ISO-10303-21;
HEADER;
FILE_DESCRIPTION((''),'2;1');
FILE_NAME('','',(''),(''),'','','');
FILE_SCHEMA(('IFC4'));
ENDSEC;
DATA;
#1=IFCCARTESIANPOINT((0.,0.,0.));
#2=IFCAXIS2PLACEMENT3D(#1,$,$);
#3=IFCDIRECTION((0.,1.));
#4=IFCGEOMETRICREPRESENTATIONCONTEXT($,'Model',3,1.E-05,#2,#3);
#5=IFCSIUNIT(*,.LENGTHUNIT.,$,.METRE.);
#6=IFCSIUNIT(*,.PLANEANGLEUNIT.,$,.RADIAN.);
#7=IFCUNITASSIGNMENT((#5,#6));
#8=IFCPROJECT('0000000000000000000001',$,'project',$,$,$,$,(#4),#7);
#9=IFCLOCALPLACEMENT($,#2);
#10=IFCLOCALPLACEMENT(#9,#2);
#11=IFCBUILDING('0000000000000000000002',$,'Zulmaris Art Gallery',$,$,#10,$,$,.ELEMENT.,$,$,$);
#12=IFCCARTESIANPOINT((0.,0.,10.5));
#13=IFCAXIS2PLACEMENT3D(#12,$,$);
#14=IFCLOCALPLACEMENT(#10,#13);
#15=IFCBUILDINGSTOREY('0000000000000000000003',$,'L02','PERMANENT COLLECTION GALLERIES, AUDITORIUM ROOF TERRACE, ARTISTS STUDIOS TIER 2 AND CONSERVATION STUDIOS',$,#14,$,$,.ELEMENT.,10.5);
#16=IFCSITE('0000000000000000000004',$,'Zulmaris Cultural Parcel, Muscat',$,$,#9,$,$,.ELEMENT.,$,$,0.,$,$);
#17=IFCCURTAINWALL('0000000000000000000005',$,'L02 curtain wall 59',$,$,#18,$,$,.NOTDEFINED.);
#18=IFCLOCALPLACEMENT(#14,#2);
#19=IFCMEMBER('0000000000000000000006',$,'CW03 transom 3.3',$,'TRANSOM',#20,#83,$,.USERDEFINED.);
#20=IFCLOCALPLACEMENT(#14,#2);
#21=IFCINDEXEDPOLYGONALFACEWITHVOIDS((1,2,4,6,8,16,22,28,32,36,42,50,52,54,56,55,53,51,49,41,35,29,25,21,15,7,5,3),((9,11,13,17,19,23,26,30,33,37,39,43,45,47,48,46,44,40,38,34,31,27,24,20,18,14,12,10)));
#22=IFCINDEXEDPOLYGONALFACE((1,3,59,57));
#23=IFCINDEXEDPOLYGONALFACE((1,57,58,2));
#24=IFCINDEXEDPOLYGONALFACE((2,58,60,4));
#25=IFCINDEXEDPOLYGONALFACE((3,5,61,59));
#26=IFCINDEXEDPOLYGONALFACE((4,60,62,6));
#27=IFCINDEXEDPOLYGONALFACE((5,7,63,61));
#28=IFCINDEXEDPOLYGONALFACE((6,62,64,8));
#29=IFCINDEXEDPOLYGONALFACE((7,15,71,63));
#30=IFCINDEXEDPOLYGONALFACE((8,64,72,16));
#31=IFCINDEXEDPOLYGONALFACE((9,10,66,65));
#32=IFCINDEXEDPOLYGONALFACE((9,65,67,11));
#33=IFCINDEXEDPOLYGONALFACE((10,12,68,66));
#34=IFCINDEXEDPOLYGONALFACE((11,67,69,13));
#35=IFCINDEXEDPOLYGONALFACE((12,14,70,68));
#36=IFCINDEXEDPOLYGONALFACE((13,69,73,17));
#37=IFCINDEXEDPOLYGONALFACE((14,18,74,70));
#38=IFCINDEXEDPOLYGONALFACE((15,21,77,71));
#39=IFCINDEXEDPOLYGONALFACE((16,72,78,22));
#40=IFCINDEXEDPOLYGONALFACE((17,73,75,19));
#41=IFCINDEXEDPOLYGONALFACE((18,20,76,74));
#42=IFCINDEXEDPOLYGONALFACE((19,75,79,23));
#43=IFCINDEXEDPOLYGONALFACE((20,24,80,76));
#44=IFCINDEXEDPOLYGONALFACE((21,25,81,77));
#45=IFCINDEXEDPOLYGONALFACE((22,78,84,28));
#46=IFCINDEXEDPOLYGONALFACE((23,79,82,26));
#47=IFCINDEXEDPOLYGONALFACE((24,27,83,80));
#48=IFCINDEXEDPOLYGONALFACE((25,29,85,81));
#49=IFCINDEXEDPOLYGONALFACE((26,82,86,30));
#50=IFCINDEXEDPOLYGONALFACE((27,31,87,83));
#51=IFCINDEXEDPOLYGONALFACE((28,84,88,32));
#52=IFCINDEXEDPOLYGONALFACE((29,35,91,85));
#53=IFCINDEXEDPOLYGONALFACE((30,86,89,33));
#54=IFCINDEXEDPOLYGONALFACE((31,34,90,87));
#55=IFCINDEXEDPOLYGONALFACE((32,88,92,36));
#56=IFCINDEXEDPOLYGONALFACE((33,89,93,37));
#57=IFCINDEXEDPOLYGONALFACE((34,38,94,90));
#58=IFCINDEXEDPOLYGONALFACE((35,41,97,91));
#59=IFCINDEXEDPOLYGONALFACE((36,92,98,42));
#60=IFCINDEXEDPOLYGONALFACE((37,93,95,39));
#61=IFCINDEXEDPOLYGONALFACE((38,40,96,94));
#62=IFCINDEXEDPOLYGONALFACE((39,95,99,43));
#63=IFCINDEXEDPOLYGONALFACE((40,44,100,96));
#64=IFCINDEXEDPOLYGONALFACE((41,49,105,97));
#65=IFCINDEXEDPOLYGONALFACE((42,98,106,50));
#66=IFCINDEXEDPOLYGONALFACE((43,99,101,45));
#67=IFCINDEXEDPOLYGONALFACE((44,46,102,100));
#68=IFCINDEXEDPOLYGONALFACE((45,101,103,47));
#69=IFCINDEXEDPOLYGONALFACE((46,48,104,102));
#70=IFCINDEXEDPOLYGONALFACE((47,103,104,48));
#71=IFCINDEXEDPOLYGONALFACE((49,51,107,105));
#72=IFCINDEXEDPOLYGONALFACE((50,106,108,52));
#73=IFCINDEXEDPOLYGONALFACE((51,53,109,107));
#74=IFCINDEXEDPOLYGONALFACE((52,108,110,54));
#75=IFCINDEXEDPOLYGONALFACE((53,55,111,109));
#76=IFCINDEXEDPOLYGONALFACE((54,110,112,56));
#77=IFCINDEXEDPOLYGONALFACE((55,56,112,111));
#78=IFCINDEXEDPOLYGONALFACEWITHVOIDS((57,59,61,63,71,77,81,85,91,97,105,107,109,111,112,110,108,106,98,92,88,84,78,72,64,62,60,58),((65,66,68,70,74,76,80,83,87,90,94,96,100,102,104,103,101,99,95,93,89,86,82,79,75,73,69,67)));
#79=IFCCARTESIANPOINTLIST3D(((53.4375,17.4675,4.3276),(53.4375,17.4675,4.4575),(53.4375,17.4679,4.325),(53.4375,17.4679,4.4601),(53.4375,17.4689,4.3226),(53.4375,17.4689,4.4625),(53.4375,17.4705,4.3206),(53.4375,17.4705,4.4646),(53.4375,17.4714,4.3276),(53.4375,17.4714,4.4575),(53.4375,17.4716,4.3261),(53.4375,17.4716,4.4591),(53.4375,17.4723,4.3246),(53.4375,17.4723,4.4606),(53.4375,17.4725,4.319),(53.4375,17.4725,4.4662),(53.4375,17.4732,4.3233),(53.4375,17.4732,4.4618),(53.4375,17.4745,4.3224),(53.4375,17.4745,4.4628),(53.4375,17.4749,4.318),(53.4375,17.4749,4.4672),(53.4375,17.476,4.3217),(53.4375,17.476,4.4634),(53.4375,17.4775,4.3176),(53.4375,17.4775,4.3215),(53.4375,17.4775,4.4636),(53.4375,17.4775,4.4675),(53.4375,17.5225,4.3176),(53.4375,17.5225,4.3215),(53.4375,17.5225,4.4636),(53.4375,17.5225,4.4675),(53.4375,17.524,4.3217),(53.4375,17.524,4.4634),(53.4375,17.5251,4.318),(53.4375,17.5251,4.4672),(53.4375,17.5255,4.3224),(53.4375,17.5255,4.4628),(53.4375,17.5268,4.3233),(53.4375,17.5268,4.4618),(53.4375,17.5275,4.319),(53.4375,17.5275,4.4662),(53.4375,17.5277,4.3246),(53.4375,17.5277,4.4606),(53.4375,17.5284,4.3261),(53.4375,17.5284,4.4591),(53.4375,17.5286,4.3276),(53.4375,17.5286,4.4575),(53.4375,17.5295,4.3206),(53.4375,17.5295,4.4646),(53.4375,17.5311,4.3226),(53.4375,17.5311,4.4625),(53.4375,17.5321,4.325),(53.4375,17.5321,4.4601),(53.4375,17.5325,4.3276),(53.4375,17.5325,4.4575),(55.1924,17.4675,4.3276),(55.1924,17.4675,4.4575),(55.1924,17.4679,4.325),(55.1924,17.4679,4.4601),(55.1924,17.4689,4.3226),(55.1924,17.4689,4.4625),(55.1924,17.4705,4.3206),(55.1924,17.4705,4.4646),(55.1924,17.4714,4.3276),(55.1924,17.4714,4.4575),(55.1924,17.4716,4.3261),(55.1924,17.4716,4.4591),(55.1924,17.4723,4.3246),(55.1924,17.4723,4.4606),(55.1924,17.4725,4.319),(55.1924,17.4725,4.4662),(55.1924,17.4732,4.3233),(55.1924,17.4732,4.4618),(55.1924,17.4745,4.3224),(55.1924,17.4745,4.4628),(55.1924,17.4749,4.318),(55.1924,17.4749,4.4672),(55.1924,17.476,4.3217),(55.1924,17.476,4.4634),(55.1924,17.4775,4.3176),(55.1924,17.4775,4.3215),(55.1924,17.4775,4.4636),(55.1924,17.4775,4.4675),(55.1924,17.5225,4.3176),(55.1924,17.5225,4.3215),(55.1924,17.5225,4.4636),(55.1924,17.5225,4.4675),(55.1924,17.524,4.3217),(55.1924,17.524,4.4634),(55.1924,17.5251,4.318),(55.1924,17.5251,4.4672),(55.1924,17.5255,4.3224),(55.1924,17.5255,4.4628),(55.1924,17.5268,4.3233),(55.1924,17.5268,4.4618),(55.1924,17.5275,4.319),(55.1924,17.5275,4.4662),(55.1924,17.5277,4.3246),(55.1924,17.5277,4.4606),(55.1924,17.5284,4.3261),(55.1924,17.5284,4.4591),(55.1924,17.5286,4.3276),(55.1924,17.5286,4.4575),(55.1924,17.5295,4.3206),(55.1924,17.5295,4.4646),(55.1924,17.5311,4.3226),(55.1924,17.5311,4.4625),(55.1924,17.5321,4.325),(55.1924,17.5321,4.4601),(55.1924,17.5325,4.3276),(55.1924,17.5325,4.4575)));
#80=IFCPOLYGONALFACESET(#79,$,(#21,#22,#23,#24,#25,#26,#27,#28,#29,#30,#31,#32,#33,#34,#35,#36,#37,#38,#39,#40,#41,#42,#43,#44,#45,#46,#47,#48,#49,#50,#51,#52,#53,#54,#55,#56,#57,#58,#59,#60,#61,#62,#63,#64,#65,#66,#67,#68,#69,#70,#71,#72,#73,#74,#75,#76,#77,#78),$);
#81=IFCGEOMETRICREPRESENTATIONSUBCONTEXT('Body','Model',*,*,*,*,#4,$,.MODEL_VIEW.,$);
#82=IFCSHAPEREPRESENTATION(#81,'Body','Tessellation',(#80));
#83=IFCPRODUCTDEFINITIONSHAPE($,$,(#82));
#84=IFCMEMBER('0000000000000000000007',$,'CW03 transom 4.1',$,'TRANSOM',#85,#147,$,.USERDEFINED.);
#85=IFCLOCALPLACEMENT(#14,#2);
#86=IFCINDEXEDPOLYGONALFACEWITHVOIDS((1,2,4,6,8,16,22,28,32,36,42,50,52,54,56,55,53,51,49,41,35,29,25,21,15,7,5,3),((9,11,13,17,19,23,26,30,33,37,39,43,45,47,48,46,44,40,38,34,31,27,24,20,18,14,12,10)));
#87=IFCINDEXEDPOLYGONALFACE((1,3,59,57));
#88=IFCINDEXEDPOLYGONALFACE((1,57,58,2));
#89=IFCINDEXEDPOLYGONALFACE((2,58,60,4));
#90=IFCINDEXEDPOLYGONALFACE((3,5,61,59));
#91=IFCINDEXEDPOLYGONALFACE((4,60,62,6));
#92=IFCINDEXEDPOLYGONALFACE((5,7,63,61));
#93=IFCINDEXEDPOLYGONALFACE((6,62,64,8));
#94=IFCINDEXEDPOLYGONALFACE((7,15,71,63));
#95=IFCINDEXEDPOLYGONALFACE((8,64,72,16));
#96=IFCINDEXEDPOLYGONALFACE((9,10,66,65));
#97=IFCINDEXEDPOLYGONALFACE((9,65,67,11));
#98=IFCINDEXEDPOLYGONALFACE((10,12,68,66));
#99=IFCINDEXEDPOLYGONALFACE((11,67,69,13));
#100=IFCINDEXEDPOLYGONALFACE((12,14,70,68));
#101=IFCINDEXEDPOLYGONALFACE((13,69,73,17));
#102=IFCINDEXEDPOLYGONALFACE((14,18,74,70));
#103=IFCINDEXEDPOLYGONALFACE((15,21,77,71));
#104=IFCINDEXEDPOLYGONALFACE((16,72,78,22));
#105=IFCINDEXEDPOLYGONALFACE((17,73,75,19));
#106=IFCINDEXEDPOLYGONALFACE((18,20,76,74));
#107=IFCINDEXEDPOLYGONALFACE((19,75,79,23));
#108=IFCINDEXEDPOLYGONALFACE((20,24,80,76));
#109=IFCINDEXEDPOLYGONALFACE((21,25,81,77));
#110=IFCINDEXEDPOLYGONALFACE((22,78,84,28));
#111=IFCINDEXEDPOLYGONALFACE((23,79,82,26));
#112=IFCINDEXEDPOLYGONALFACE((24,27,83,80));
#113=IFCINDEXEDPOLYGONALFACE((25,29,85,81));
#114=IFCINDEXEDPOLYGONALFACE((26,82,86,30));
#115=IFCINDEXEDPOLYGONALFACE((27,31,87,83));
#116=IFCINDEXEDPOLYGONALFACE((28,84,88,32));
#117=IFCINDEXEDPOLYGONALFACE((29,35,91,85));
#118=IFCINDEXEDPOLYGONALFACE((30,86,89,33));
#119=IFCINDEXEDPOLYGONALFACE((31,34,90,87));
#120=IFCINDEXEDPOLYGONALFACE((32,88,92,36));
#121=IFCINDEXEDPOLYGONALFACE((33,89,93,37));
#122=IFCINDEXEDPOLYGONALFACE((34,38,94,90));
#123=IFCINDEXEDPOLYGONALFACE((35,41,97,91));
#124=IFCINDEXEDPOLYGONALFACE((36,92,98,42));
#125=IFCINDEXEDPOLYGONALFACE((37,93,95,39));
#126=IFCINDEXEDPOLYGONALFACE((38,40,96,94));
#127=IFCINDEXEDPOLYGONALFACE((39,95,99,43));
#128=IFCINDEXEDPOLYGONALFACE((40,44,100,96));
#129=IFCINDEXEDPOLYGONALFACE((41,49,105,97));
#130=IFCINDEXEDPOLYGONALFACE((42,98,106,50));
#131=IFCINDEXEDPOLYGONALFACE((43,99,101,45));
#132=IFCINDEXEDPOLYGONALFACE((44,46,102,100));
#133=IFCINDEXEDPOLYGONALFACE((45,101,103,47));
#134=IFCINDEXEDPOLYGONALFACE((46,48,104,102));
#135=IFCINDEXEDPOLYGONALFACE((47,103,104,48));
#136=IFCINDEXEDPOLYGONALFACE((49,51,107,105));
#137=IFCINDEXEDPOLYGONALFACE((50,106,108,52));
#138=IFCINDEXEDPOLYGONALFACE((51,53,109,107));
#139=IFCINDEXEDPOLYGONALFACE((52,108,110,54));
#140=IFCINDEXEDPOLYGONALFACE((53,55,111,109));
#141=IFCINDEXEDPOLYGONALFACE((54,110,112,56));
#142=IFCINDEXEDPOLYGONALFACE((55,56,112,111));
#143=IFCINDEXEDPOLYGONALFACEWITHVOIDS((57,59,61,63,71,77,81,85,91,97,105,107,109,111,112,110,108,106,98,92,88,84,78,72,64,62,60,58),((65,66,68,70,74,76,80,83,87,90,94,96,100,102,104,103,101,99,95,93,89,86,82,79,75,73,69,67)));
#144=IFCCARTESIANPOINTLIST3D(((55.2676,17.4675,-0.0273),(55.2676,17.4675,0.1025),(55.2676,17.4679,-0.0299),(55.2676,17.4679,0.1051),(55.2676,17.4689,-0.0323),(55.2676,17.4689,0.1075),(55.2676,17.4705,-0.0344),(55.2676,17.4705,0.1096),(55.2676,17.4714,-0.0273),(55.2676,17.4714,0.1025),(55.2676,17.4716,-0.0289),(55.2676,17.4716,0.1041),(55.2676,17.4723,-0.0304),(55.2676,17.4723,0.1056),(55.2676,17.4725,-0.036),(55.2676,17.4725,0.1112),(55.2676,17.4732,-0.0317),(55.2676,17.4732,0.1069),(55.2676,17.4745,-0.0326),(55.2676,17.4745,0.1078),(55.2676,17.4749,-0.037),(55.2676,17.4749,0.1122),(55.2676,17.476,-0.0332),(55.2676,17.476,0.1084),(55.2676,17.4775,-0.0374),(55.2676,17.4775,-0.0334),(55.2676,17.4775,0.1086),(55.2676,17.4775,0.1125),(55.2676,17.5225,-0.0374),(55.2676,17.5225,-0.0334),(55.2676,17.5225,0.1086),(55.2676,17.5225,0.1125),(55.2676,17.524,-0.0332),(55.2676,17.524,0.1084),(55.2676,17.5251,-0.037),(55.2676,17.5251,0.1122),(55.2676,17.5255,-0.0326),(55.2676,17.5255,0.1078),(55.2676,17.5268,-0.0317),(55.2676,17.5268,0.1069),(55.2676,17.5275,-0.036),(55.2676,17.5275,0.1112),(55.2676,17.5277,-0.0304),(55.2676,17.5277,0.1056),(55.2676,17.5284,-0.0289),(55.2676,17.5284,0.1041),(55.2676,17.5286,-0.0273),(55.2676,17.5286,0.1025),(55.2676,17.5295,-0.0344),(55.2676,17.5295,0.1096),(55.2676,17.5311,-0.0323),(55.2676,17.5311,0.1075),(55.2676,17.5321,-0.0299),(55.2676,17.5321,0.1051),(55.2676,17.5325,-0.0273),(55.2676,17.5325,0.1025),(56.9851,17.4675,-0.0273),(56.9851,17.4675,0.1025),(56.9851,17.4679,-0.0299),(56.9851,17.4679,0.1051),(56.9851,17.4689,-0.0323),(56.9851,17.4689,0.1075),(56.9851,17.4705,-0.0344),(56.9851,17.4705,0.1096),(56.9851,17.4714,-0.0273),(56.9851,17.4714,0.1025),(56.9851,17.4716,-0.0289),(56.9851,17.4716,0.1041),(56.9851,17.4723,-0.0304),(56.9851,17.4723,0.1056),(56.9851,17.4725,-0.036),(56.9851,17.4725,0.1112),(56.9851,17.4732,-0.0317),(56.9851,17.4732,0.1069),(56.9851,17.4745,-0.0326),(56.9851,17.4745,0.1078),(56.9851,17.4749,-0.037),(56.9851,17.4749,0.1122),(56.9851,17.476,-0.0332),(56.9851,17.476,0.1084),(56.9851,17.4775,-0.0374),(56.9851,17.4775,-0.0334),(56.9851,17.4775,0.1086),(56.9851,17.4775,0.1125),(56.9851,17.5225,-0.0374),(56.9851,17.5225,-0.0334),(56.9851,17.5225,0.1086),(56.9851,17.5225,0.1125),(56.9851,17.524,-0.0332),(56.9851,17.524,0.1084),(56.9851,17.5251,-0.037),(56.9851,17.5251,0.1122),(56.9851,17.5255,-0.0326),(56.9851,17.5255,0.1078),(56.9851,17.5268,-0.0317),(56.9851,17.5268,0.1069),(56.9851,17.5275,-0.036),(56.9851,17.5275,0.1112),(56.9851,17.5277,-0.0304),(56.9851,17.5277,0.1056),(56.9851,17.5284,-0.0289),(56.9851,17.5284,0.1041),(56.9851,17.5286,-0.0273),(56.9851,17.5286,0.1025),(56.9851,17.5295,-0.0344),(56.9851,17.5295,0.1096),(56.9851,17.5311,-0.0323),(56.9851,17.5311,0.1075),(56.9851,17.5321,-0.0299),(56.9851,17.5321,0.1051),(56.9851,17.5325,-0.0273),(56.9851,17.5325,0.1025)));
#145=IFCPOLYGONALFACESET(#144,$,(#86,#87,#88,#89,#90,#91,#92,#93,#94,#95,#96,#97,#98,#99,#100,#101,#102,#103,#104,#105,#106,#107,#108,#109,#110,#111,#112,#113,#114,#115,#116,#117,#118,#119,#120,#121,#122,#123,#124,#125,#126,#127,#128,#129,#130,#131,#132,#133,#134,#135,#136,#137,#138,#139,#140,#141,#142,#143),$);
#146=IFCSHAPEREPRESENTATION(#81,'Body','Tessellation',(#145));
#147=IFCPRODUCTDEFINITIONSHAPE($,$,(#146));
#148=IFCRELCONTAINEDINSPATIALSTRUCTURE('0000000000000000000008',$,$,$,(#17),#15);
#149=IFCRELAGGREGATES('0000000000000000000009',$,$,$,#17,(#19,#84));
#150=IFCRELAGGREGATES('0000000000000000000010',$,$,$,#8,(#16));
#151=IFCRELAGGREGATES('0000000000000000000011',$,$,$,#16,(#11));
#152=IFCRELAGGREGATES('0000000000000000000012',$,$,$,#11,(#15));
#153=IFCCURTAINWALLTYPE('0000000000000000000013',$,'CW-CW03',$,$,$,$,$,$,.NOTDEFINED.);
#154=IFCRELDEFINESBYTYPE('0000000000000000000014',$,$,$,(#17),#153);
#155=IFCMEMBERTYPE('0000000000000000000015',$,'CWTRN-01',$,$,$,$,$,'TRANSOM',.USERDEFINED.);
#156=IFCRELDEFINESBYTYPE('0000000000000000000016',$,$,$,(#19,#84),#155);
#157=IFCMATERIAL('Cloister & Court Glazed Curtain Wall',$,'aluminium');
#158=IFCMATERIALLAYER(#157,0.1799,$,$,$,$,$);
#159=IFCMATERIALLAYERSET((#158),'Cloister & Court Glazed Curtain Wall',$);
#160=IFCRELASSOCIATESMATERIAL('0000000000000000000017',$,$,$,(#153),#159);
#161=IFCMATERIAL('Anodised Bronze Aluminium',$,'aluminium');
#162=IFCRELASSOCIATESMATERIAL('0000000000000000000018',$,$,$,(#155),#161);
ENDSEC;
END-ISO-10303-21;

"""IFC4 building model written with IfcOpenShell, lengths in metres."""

from ifc_helpers import new_model, si_unit, direction, frame, origin, origin_2d, place, context, subcontext, project, spatial, hollow_rectangle, extrude, material, layer, layer_set, material_profile, profile_set, type_object, element, aggregate, save


model = new_model("IFC4")

# Units and contexts
model_context = context("Model", 3, precision=1e-05, world=origin(), true_north=direction((0.0, 1.0)))
body_context = subcontext(model_context, "Body", "Model", "MODEL_VIEW")
ifc_project = project(units=[si_unit("LENGTHUNIT", "METRE"), si_unit("PLANEANGLEUNIT", "RADIAN")], contexts=[model_context])

# Site, building, storey
site_placement = place(None, origin())
site = spatial("IfcSite", under=ifc_project, at=site_placement, Name="Zulmaris Cultural Parcel, Muscat", CompositionType="ELEMENT", RefElevation=0.0)
building_placement = place(site_placement, origin())
building = spatial("IfcBuilding", under=site, at=building_placement, Name="Zulmaris Art Gallery", CompositionType="ELEMENT")
storey_placement = place(building_placement, frame((0.0, 0.0, 10.5)))
storey = spatial("IfcBuildingStorey", under=building, at=storey_placement, Name="L02", Description="PERMANENT COLLECTION GALLERIES, AUDITORIUM ROOF TERRACE, ARTISTS STUDIOS TIER 2 AND CONSERVATION STUDIOS", CompositionType="ELEMENT", Elevation=10.5)

# Curtain wall, members
ifc_material_1 = material(Name="Cloister & Court Glazed Curtain Wall", Category="aluminium")
ifc_layer_1 = layer(ifc_material_1, 0.1799)
ifc_layer_set_1 = layer_set([ifc_layer_1], Name="Cloister & Court Glazed Curtain Wall")
curtain_wall_type = type_object("IfcCurtainWallType", Name="CW-CW03", PredefinedType="NOTDEFINED", material=ifc_layer_set_1)
curtain_wall_placement = place(storey_placement, origin())
curtain_wall = element("IfcCurtainWall", 1, at=curtain_wall_placement, inside=storey, type_object=curtain_wall_type, Name="L02 curtain wall 59", PredefinedType="NOTDEFINED")
ifc_material_2 = material(Name="Anodised Bronze Aluminium", Category="aluminium")
ifc_material_profile_1 = material_profile(ifc_material_2, hollow_rectangle(XDim=0.0649, YDim=0.1499, WallThickness=0.0039, InnerFilletRadius=0.0061, OuterFilletRadius=0.01, at=origin_2d()), Name="ALU 65x150x4")
ifc_profile_set_1 = profile_set([ifc_material_profile_1], Name="Anodised Bronze Aluminium")
member_type_1 = type_object("IfcMemberType", Name="CWTRN-01", ElementType="TRANSOM", PredefinedType="USERDEFINED", material=ifc_profile_set_1)
member_1_placement = place(storey_placement, frame((53.4375, 17.5, 4.3926), z_axis=(1.0, 0.0, 0.0), x_axis=(0.0, 1.0, 0.0)))
member_1 = element("IfcMember", 2, at=member_1_placement, type_object=member_type_1, Name="CW03 transom 3.3", ObjectType="TRANSOM", PredefinedType="USERDEFINED", context=body_context, shape_type="SweptSolid", body=[
    extrude(hollow_rectangle(XDim=0.0649, YDim=0.1499, WallThickness=0.0039, InnerFilletRadius=0.0061, OuterFilletRadius=0.01, at=origin_2d()), origin(), (0.0, 0.0, 1.0), 1.7549),
])
member_2_placement = place(storey_placement, frame((55.2676, 17.5, 0.0376), z_axis=(1.0, 0.0, 0.0), x_axis=(0.0, 1.0, 0.0)))
member_2 = element("IfcMember", 3, at=member_2_placement, type_object=member_type_1, Name="CW03 transom 4.1", ObjectType="TRANSOM", PredefinedType="USERDEFINED", context=body_context, shape_type="SweptSolid", body=[
    extrude(hollow_rectangle(XDim=0.0649, YDim=0.1499, WallThickness=0.0039, InnerFilletRadius=0.0061, OuterFilletRadius=0.01, at=origin_2d()), origin(), (0.0, 0.0, 1.0), 1.7175),
])
aggregate(curtain_wall, [member_1, member_2])

save(model, "model.ifc")
